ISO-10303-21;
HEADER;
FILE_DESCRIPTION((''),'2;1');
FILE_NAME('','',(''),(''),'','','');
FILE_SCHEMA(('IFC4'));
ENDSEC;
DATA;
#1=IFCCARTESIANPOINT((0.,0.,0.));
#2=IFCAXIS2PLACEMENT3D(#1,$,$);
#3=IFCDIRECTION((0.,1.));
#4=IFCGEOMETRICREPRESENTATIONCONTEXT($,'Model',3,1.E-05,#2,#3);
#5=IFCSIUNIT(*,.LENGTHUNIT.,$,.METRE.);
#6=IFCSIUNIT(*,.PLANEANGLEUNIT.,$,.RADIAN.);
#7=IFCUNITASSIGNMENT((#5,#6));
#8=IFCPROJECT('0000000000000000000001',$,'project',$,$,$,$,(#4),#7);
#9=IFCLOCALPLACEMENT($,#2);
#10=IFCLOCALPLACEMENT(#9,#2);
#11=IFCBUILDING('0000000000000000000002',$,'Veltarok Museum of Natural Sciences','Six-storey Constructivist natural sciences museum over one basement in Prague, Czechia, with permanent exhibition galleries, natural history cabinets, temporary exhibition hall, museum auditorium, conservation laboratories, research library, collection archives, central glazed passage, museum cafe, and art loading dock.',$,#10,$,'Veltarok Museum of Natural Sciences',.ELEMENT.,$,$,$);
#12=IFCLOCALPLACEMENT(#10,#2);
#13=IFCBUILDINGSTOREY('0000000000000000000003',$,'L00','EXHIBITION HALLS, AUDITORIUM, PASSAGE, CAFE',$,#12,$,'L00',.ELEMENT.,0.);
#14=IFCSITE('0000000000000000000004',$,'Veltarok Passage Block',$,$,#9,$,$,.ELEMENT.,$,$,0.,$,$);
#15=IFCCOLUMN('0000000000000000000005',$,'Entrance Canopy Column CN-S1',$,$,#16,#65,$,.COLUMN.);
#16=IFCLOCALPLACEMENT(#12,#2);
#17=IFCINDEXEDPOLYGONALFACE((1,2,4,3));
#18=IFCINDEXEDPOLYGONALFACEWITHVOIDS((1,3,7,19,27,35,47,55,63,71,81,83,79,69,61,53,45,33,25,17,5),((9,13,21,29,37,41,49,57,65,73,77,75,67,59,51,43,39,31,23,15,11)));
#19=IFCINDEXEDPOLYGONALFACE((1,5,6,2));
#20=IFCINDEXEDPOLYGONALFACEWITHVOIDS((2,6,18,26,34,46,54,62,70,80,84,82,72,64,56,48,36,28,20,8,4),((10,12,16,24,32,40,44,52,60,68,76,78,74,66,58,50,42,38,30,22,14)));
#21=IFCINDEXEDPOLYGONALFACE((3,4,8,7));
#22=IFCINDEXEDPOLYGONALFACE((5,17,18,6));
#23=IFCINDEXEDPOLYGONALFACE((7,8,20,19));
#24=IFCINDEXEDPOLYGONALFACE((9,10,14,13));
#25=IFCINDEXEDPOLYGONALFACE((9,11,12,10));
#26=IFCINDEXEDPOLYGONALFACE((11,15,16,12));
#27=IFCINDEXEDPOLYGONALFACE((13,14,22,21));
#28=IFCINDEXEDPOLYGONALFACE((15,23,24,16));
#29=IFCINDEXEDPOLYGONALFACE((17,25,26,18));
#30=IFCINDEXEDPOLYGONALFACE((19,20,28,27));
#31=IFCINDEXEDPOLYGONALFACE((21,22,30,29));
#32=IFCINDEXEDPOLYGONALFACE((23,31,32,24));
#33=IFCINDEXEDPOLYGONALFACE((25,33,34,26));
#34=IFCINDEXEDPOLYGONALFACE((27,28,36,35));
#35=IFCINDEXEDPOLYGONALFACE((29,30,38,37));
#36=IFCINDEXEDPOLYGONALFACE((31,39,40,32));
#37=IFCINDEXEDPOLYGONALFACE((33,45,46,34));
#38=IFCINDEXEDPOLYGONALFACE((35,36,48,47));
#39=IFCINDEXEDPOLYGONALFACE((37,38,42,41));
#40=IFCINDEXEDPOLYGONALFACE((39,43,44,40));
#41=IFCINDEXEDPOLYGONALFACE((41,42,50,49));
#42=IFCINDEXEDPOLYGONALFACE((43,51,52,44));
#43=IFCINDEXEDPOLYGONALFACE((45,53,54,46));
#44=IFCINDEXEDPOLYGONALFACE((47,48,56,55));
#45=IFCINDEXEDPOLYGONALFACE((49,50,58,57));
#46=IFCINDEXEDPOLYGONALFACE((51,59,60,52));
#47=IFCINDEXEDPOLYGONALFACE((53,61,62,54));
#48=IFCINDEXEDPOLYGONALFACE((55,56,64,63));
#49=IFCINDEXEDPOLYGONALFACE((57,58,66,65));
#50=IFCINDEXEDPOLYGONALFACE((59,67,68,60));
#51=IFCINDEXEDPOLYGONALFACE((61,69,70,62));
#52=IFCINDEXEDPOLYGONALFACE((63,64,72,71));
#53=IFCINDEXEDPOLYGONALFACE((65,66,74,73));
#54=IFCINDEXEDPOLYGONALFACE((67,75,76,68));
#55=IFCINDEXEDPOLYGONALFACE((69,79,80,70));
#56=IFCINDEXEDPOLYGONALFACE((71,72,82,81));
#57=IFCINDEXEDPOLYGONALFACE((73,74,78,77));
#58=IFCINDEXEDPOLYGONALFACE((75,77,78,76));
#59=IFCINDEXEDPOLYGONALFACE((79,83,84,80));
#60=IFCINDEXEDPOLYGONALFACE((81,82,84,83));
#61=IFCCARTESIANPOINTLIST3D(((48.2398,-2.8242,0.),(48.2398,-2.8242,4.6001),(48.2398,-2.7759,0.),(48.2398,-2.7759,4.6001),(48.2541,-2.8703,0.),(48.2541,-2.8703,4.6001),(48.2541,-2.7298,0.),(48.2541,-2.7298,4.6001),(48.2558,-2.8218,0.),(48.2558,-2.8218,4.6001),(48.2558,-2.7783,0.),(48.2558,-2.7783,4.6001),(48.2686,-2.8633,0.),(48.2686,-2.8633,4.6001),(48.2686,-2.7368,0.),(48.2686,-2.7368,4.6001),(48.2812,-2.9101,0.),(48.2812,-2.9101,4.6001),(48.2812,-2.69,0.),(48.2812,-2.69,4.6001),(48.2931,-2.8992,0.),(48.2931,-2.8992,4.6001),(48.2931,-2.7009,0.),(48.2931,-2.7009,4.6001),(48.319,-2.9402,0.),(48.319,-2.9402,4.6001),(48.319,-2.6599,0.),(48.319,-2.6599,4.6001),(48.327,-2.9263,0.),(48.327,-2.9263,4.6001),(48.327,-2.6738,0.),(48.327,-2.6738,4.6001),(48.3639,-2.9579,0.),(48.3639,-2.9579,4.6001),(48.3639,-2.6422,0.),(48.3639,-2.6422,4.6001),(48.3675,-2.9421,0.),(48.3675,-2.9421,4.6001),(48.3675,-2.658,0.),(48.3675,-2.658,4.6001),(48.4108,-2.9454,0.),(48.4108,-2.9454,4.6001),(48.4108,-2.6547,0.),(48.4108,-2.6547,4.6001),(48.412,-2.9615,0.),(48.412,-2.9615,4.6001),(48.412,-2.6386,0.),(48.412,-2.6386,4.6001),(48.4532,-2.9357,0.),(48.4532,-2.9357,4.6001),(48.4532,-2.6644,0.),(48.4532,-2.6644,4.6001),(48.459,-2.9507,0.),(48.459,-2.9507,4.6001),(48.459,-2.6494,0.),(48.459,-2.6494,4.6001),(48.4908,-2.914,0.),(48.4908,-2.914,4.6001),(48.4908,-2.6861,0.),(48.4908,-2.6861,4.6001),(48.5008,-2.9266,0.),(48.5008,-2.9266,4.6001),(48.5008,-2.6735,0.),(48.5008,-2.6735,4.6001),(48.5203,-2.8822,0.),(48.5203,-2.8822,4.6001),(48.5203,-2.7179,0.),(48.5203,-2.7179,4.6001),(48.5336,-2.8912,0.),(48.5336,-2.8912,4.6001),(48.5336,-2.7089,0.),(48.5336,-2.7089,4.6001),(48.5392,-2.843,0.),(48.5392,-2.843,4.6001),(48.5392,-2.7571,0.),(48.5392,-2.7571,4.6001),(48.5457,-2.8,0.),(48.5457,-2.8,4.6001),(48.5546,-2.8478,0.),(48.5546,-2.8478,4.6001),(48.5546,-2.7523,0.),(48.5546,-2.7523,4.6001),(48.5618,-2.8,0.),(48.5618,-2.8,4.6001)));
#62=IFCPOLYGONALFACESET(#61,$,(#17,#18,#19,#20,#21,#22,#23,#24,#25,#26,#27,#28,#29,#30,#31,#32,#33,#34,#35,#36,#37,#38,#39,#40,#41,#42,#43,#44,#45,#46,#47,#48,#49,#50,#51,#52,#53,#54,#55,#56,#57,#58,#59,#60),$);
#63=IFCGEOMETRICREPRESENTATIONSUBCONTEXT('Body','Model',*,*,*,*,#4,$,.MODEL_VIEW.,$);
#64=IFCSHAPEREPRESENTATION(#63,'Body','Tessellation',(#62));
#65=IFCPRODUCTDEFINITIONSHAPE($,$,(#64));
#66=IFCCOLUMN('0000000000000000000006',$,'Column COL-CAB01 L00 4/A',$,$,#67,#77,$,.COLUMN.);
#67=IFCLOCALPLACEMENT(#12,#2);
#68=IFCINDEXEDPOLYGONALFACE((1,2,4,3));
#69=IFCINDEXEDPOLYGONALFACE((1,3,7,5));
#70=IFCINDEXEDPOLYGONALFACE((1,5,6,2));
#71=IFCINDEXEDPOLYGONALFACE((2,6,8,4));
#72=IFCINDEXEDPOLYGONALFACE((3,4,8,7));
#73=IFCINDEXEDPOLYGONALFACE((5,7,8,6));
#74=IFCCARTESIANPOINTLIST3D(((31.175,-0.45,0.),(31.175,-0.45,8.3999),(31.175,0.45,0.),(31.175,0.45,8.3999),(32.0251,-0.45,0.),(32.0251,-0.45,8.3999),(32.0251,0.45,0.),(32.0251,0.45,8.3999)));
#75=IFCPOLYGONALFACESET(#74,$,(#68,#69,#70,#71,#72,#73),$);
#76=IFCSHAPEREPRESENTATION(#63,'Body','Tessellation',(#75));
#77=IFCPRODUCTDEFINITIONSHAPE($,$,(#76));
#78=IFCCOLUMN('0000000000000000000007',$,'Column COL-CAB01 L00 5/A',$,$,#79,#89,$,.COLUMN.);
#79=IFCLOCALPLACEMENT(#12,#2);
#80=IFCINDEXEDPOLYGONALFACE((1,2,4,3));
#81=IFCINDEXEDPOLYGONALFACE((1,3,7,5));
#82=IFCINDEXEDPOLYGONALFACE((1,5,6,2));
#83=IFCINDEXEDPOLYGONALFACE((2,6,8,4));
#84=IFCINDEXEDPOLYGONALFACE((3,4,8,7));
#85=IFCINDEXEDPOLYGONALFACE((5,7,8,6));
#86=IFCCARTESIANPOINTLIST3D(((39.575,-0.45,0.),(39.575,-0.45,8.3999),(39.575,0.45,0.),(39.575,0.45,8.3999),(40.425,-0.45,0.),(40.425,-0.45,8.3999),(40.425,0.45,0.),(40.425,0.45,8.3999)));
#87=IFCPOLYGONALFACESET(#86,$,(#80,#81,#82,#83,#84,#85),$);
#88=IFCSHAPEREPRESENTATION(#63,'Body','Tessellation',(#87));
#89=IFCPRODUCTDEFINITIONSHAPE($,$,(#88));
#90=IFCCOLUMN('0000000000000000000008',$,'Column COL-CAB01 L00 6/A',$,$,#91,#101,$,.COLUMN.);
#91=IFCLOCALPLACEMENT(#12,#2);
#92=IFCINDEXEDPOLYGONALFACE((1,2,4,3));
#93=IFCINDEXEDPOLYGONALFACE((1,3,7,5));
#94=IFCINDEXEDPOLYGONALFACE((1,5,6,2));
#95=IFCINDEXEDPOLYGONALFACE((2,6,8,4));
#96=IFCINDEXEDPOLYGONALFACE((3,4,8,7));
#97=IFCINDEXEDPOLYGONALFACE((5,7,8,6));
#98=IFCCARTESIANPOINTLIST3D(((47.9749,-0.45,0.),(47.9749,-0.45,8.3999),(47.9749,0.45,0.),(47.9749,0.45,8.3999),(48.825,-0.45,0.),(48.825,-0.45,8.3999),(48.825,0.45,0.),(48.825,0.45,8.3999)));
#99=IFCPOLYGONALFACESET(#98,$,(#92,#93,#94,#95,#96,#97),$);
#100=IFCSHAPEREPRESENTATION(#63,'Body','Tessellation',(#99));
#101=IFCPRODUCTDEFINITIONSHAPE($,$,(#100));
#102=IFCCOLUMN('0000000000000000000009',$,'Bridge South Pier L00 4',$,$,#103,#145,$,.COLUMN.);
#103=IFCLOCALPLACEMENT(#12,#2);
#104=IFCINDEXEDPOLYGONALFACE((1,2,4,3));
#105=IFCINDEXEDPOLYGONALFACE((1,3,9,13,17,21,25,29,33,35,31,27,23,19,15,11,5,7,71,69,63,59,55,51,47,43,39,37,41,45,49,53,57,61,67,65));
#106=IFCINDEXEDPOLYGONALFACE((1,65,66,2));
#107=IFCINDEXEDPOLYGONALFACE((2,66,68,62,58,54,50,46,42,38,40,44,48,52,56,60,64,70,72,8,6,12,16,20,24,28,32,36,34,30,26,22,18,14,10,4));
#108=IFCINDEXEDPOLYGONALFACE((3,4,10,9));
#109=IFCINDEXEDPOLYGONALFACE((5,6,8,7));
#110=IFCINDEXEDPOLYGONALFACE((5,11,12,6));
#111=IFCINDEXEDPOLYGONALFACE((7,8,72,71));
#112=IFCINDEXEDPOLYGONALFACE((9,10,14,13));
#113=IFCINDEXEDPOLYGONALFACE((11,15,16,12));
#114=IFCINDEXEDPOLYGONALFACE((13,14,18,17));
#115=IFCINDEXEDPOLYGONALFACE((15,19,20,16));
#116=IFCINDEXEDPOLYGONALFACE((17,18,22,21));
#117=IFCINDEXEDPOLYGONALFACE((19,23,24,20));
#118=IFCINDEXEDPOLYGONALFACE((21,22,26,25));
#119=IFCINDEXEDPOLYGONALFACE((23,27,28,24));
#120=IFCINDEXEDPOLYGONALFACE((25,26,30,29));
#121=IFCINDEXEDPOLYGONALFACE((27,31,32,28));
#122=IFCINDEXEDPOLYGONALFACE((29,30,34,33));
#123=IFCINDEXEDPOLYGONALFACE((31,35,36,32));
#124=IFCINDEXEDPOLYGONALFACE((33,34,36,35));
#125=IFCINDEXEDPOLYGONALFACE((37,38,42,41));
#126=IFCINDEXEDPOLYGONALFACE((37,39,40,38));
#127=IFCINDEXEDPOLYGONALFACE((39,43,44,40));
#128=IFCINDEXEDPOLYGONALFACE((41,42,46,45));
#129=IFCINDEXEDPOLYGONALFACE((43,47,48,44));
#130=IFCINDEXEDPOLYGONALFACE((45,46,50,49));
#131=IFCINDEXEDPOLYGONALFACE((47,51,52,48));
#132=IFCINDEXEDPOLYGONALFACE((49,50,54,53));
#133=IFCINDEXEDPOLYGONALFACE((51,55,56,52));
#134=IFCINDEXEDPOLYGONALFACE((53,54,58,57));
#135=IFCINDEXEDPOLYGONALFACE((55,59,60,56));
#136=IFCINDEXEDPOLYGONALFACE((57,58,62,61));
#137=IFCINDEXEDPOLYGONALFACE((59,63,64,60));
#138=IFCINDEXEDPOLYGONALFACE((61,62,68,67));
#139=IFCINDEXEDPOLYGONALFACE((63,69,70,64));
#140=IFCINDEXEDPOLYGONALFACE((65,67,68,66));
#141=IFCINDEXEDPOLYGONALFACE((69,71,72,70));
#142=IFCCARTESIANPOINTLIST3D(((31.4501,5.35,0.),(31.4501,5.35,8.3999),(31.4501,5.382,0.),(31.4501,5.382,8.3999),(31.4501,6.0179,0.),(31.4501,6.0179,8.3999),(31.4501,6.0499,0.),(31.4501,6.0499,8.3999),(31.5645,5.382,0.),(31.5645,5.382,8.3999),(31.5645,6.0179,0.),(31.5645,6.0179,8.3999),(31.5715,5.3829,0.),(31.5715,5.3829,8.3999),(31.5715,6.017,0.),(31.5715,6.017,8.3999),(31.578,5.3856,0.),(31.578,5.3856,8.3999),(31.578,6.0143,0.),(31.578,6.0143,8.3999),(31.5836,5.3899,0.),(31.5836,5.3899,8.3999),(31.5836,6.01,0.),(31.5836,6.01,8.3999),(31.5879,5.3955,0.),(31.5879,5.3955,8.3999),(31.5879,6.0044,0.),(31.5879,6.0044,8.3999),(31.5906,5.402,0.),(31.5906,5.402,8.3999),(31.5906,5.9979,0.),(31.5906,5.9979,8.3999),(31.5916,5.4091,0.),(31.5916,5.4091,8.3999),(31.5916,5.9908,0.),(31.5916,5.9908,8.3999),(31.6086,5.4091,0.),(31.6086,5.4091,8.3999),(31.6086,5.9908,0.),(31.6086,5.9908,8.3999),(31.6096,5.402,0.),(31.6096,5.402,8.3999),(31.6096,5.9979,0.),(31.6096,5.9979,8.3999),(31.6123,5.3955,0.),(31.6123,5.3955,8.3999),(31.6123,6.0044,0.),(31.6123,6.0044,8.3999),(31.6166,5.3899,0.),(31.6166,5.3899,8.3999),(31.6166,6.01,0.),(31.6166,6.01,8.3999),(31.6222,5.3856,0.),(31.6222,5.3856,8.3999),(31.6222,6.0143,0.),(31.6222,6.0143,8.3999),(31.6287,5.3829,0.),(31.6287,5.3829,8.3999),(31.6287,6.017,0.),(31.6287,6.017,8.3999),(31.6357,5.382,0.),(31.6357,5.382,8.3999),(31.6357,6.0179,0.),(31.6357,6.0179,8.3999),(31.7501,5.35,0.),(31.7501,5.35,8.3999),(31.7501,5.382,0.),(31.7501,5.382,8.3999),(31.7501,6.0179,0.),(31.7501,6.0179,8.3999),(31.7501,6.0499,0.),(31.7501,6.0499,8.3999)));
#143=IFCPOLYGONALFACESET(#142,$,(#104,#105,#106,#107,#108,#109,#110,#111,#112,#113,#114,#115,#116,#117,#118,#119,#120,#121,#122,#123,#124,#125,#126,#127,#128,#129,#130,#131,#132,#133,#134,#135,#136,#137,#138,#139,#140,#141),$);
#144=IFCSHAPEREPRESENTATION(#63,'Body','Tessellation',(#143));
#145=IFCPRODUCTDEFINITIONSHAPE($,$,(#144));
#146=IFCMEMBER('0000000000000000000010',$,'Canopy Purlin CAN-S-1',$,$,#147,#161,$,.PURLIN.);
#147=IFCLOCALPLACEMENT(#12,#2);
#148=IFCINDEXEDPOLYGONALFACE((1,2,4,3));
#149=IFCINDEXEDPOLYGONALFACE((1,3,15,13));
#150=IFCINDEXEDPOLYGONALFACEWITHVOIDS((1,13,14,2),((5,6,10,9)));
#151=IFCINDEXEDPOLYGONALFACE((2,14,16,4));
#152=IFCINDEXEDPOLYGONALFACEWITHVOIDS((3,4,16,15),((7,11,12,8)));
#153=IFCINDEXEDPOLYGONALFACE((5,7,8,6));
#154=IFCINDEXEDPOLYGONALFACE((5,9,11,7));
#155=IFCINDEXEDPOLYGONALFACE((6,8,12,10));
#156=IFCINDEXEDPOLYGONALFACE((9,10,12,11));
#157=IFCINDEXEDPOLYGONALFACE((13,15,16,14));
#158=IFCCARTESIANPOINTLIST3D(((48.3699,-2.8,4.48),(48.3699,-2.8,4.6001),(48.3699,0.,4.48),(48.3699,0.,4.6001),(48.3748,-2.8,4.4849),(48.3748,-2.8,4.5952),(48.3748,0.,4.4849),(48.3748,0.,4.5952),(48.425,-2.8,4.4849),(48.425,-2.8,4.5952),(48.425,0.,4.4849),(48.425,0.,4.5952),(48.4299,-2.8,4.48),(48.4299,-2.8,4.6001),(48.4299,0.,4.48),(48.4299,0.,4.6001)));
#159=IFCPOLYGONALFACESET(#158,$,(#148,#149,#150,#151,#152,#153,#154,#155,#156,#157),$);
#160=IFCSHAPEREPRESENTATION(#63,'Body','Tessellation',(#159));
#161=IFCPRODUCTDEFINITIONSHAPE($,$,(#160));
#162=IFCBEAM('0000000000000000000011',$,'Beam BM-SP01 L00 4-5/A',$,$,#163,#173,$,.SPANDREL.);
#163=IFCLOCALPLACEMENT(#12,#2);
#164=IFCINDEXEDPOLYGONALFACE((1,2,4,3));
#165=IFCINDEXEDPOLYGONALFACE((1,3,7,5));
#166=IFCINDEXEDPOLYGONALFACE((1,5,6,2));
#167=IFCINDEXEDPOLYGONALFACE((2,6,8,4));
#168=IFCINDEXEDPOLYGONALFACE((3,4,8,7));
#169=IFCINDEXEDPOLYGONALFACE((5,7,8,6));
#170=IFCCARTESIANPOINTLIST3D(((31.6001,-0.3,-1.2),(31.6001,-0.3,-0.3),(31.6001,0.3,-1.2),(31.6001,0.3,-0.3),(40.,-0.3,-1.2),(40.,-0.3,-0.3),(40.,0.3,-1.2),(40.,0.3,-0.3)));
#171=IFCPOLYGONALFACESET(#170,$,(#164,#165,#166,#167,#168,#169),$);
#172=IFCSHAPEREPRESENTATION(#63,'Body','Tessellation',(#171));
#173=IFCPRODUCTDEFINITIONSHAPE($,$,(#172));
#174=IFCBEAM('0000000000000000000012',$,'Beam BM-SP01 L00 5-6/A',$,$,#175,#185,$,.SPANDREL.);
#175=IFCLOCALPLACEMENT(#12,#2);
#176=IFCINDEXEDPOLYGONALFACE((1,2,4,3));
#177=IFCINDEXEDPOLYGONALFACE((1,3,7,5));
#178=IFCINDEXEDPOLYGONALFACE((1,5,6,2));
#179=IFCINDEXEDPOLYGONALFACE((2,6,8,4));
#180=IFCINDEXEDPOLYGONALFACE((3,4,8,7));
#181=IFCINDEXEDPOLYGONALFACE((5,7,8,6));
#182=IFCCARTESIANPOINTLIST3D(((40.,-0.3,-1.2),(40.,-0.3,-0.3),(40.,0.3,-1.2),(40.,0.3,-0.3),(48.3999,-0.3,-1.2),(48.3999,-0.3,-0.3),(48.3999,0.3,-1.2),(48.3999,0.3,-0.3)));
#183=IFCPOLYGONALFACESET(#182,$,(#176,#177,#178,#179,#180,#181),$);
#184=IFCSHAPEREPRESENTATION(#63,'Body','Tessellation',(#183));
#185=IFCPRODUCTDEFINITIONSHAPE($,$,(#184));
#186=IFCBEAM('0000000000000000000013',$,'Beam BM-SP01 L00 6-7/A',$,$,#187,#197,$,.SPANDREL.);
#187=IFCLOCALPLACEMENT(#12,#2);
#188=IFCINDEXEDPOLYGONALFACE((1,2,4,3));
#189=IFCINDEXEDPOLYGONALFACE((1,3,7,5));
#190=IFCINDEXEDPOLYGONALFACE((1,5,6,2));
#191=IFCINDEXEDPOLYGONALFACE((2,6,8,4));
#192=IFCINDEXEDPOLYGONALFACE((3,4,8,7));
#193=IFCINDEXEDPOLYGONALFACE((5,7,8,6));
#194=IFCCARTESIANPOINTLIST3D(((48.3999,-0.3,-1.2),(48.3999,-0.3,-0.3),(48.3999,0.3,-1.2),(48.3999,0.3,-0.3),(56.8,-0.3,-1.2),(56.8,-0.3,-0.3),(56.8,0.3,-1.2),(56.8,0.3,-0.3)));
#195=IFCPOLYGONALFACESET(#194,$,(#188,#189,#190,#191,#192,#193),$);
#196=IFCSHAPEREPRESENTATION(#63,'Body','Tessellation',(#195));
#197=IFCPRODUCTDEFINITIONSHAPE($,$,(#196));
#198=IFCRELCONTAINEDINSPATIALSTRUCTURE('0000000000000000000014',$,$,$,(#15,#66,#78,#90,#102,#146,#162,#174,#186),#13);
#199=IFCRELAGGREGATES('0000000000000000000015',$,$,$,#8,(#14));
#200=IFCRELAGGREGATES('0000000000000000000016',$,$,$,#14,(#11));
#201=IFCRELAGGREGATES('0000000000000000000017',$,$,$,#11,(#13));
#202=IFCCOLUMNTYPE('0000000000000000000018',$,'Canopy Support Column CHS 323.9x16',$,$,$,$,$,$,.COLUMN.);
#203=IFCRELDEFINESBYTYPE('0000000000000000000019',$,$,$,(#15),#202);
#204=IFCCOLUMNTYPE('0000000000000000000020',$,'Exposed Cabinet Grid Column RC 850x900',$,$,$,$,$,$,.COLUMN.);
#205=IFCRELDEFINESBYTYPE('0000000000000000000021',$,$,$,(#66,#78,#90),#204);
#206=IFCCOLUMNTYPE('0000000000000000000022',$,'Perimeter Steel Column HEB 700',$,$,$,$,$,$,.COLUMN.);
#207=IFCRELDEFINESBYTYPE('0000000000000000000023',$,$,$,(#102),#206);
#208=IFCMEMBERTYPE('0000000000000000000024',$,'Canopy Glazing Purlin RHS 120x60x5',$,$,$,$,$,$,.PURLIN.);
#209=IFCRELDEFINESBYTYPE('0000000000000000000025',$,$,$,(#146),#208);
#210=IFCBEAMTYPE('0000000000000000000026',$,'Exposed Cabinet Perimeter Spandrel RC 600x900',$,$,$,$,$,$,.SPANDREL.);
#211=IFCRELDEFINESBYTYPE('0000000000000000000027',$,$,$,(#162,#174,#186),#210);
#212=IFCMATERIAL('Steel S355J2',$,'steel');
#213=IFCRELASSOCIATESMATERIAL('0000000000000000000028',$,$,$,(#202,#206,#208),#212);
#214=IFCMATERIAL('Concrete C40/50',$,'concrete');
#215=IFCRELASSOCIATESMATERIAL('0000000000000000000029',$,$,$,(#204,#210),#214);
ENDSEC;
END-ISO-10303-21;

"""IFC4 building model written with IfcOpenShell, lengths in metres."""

from ifc_helpers import new_model, si_unit, direction, frame, origin, origin_2d, place, context, subcontext, project, spatial, rectangle, hollow_rectangle, hollow_circle, i_section, extrude, material, material_profile, profile_set, type_object, element, save


model = new_model("IFC4")

# Units and contexts
model_context = context("Model", 3, precision=1e-05, world=origin(), true_north=direction((0.0, 1.0)))
body_context = subcontext(model_context, "Body", "Model", "MODEL_VIEW")
ifc_project = project(units=[si_unit("LENGTHUNIT", "METRE"), si_unit("PLANEANGLEUNIT", "RADIAN")], contexts=[model_context])

# Site, building, storey
site_placement = place(None, origin())
site = spatial("IfcSite", under=ifc_project, at=site_placement, Name="Veltarok Passage Block", CompositionType="ELEMENT", RefElevation=0.0)
building_placement = place(site_placement, origin())
building = spatial("IfcBuilding", under=site, at=building_placement, Name="Veltarok Museum of Natural Sciences", Description="Six-storey Constructivist natural sciences museum over one basement in Prague, Czechia, with permanent exhibition galleries, natural history cabinets, temporary exhibition hall, museum auditorium, conservation laboratories, research library, collection archives, central glazed passage, museum cafe, and art loading dock.", LongName="Veltarok Museum of Natural Sciences", CompositionType="ELEMENT")
storey_placement = place(building_placement, origin())
storey = spatial("IfcBuildingStorey", under=building, at=storey_placement, Name="L00", Description="EXHIBITION HALLS, AUDITORIUM, PASSAGE, CAFE", LongName="L00", CompositionType="ELEMENT", Elevation=0.0)

# Columns
ifc_material_1 = material(Name="Steel S355J2", Category="steel")
ifc_material_profile_1 = material_profile(ifc_material_1, hollow_circle(Radius=0.1619, WallThickness=0.0161, at=origin_2d()), Name="CHS 323.9x16")
ifc_profile_set_1 = profile_set([ifc_material_profile_1], Name="Steel S355J2")
column_type_1 = type_object("IfcColumnType", Name="Canopy Support Column CHS 323.9x16", PredefinedType="COLUMN", material=ifc_profile_set_1)
column_1_placement = place(storey_placement, frame((48.3999, -2.8, 0.0), z_axis=(0.0, 0.0, 1.0), x_axis=(1.0, 0.0, 0.0)))
element("IfcColumn", 1, at=column_1_placement, inside=storey, type_object=column_type_1, Name="Entrance Canopy Column CN-S1", PredefinedType="COLUMN", context=body_context, shape_type="SweptSolid", body=[
    extrude(hollow_circle(Radius=0.1619, WallThickness=0.0161, at=origin_2d()), origin(), (0.0, 0.0, 1.0), 4.6001),
])
ifc_material_2 = material(Name="Concrete C40/50", Category="concrete")
ifc_material_profile_2 = material_profile(ifc_material_2, rectangle(XDim=0.8501, YDim=0.8999, at=origin_2d()), Name="RC 850x900")
ifc_profile_set_2 = profile_set([ifc_material_profile_2], Name="Concrete C40/50")
column_type_2 = type_object("IfcColumnType", Name="Exposed Cabinet Grid Column RC 850x900", PredefinedType="COLUMN", material=ifc_profile_set_2)
for number, where, z_axis, x_axis, name in (
    (2, (31.6001, 0.0, 0.0), (0.0, 0.0, 1.0), (1.0, 0.0, 0.0), "Column COL-CAB01 L00 4/A"),
    (3, (40.0, 0.0, 0.0), (0.0, 0.0, 1.0), (1.0, 0.0, 0.0), "Column COL-CAB01 L00 5/A"),
    (4, (48.3999, 0.0, 0.0), (0.0, 0.0, 1.0), (1.0, 0.0, 0.0), "Column COL-CAB01 L00 6/A"),
):
    element("IfcColumn", number, at=place(storey_placement, frame(where, z_axis=z_axis, x_axis=x_axis)), inside=storey, type_object=column_type_2, Name=name, PredefinedType="COLUMN", context=body_context, shape_type="SweptSolid", body=[
        extrude(rectangle(XDim=0.8501, YDim=0.8999, at=origin_2d()), origin(), (0.0, 0.0, 1.0), 8.3999),
    ])
ifc_material_profile_3 = material_profile(ifc_material_1, i_section(OverallWidth=0.3, OverallDepth=0.7, WebThickness=0.0171, FlangeThickness=0.032, FilletRadius=0.0271, at=origin_2d()), Name="HEB 700")
ifc_profile_set_3 = profile_set([ifc_material_profile_3], Name="Steel S355J2")
column_type_3 = type_object("IfcColumnType", Name="Perimeter Steel Column HEB 700", PredefinedType="COLUMN", material=ifc_profile_set_3)
column_2_placement = place(storey_placement, frame((31.6001, 5.7, 0.0), z_axis=(0.0, 0.0, 1.0), x_axis=(1.0, 0.0, 0.0)))
element("IfcColumn", 5, at=column_2_placement, inside=storey, type_object=column_type_3, Name="Bridge South Pier L00 4", PredefinedType="COLUMN", context=body_context, shape_type="SweptSolid", body=[
    extrude(i_section(OverallWidth=0.3, OverallDepth=0.7, WebThickness=0.0171, FlangeThickness=0.032, FilletRadius=0.0271, at=origin_2d()), origin(), (0.0, 0.0, 1.0), 8.3999),
])

# Member
ifc_material_profile_4 = material_profile(ifc_material_1, hollow_rectangle(XDim=0.0601, YDim=0.1201, WallThickness=0.0049, at=origin_2d()), Name="RHS 120x60x5")
ifc_profile_set_4 = profile_set([ifc_material_profile_4], Name="Steel S355J2")
member_type = type_object("IfcMemberType", Name="Canopy Glazing Purlin RHS 120x60x5", PredefinedType="PURLIN", material=ifc_profile_set_4)
member_placement = place(storey_placement, frame((48.3999, -2.8, 4.54), z_axis=(0.0, 1.0, 0.0), x_axis=(-1.0, 0.0, 0.0)))
element("IfcMember", 6, at=member_placement, inside=storey, type_object=member_type, Name="Canopy Purlin CAN-S-1", PredefinedType="PURLIN", context=body_context, shape_type="SweptSolid", body=[
    extrude(hollow_rectangle(XDim=0.0601, YDim=0.1201, WallThickness=0.0049, at=origin_2d()), origin(), (0.0, 0.0, 1.0), 2.8),
])

# Beams
ifc_material_profile_5 = material_profile(ifc_material_2, rectangle(XDim=0.6001, YDim=0.8999, at=origin_2d()), Name="RC 600x900")
ifc_profile_set_5 = profile_set([ifc_material_profile_5], Name="Concrete C40/50")
beam_type_1 = type_object("IfcBeamType", Name="Exposed Cabinet Perimeter Spandrel RC 600x900", PredefinedType="SPANDREL", material=ifc_profile_set_5)
for number, where, z_axis, x_axis, name in (
    (7, (31.6001, 0.0, -0.75), (1.0, 0.0, 0.0), (0.0, 1.0, 0.0), "Beam BM-SP01 L00 4-5/A"),
    (8, (40.0, 0.0, -0.75), (1.0, 0.0, 0.0), (0.0, 1.0, 0.0), "Beam BM-SP01 L00 5-6/A"),
):
    element("IfcBeam", number, at=place(storey_placement, frame(where, z_axis=z_axis, x_axis=x_axis)), inside=storey, type_object=beam_type_1, Name=name, PredefinedType="SPANDREL", context=body_context, shape_type="SweptSolid", body=[
        extrude(rectangle(XDim=0.6001, YDim=0.8999, at=origin_2d()), origin(), (0.0, 0.0, 1.0), 8.3999),
    ])
beam_1_placement = place(storey_placement, frame((48.3999, 0.0, -0.75), z_axis=(1.0, 0.0, 0.0), x_axis=(0.0, 1.0, 0.0)))
element("IfcBeam", 9, at=beam_1_placement, inside=storey, type_object=beam_type_1, Name="Beam BM-SP01 L00 6-7/A", PredefinedType="SPANDREL", context=body_context, shape_type="SweptSolid", body=[
    extrude(rectangle(XDim=0.6001, YDim=0.8999, at=origin_2d()), origin(), (0.0, 0.0, 1.0), 8.4001),
])

save(model, "model.ifc")
